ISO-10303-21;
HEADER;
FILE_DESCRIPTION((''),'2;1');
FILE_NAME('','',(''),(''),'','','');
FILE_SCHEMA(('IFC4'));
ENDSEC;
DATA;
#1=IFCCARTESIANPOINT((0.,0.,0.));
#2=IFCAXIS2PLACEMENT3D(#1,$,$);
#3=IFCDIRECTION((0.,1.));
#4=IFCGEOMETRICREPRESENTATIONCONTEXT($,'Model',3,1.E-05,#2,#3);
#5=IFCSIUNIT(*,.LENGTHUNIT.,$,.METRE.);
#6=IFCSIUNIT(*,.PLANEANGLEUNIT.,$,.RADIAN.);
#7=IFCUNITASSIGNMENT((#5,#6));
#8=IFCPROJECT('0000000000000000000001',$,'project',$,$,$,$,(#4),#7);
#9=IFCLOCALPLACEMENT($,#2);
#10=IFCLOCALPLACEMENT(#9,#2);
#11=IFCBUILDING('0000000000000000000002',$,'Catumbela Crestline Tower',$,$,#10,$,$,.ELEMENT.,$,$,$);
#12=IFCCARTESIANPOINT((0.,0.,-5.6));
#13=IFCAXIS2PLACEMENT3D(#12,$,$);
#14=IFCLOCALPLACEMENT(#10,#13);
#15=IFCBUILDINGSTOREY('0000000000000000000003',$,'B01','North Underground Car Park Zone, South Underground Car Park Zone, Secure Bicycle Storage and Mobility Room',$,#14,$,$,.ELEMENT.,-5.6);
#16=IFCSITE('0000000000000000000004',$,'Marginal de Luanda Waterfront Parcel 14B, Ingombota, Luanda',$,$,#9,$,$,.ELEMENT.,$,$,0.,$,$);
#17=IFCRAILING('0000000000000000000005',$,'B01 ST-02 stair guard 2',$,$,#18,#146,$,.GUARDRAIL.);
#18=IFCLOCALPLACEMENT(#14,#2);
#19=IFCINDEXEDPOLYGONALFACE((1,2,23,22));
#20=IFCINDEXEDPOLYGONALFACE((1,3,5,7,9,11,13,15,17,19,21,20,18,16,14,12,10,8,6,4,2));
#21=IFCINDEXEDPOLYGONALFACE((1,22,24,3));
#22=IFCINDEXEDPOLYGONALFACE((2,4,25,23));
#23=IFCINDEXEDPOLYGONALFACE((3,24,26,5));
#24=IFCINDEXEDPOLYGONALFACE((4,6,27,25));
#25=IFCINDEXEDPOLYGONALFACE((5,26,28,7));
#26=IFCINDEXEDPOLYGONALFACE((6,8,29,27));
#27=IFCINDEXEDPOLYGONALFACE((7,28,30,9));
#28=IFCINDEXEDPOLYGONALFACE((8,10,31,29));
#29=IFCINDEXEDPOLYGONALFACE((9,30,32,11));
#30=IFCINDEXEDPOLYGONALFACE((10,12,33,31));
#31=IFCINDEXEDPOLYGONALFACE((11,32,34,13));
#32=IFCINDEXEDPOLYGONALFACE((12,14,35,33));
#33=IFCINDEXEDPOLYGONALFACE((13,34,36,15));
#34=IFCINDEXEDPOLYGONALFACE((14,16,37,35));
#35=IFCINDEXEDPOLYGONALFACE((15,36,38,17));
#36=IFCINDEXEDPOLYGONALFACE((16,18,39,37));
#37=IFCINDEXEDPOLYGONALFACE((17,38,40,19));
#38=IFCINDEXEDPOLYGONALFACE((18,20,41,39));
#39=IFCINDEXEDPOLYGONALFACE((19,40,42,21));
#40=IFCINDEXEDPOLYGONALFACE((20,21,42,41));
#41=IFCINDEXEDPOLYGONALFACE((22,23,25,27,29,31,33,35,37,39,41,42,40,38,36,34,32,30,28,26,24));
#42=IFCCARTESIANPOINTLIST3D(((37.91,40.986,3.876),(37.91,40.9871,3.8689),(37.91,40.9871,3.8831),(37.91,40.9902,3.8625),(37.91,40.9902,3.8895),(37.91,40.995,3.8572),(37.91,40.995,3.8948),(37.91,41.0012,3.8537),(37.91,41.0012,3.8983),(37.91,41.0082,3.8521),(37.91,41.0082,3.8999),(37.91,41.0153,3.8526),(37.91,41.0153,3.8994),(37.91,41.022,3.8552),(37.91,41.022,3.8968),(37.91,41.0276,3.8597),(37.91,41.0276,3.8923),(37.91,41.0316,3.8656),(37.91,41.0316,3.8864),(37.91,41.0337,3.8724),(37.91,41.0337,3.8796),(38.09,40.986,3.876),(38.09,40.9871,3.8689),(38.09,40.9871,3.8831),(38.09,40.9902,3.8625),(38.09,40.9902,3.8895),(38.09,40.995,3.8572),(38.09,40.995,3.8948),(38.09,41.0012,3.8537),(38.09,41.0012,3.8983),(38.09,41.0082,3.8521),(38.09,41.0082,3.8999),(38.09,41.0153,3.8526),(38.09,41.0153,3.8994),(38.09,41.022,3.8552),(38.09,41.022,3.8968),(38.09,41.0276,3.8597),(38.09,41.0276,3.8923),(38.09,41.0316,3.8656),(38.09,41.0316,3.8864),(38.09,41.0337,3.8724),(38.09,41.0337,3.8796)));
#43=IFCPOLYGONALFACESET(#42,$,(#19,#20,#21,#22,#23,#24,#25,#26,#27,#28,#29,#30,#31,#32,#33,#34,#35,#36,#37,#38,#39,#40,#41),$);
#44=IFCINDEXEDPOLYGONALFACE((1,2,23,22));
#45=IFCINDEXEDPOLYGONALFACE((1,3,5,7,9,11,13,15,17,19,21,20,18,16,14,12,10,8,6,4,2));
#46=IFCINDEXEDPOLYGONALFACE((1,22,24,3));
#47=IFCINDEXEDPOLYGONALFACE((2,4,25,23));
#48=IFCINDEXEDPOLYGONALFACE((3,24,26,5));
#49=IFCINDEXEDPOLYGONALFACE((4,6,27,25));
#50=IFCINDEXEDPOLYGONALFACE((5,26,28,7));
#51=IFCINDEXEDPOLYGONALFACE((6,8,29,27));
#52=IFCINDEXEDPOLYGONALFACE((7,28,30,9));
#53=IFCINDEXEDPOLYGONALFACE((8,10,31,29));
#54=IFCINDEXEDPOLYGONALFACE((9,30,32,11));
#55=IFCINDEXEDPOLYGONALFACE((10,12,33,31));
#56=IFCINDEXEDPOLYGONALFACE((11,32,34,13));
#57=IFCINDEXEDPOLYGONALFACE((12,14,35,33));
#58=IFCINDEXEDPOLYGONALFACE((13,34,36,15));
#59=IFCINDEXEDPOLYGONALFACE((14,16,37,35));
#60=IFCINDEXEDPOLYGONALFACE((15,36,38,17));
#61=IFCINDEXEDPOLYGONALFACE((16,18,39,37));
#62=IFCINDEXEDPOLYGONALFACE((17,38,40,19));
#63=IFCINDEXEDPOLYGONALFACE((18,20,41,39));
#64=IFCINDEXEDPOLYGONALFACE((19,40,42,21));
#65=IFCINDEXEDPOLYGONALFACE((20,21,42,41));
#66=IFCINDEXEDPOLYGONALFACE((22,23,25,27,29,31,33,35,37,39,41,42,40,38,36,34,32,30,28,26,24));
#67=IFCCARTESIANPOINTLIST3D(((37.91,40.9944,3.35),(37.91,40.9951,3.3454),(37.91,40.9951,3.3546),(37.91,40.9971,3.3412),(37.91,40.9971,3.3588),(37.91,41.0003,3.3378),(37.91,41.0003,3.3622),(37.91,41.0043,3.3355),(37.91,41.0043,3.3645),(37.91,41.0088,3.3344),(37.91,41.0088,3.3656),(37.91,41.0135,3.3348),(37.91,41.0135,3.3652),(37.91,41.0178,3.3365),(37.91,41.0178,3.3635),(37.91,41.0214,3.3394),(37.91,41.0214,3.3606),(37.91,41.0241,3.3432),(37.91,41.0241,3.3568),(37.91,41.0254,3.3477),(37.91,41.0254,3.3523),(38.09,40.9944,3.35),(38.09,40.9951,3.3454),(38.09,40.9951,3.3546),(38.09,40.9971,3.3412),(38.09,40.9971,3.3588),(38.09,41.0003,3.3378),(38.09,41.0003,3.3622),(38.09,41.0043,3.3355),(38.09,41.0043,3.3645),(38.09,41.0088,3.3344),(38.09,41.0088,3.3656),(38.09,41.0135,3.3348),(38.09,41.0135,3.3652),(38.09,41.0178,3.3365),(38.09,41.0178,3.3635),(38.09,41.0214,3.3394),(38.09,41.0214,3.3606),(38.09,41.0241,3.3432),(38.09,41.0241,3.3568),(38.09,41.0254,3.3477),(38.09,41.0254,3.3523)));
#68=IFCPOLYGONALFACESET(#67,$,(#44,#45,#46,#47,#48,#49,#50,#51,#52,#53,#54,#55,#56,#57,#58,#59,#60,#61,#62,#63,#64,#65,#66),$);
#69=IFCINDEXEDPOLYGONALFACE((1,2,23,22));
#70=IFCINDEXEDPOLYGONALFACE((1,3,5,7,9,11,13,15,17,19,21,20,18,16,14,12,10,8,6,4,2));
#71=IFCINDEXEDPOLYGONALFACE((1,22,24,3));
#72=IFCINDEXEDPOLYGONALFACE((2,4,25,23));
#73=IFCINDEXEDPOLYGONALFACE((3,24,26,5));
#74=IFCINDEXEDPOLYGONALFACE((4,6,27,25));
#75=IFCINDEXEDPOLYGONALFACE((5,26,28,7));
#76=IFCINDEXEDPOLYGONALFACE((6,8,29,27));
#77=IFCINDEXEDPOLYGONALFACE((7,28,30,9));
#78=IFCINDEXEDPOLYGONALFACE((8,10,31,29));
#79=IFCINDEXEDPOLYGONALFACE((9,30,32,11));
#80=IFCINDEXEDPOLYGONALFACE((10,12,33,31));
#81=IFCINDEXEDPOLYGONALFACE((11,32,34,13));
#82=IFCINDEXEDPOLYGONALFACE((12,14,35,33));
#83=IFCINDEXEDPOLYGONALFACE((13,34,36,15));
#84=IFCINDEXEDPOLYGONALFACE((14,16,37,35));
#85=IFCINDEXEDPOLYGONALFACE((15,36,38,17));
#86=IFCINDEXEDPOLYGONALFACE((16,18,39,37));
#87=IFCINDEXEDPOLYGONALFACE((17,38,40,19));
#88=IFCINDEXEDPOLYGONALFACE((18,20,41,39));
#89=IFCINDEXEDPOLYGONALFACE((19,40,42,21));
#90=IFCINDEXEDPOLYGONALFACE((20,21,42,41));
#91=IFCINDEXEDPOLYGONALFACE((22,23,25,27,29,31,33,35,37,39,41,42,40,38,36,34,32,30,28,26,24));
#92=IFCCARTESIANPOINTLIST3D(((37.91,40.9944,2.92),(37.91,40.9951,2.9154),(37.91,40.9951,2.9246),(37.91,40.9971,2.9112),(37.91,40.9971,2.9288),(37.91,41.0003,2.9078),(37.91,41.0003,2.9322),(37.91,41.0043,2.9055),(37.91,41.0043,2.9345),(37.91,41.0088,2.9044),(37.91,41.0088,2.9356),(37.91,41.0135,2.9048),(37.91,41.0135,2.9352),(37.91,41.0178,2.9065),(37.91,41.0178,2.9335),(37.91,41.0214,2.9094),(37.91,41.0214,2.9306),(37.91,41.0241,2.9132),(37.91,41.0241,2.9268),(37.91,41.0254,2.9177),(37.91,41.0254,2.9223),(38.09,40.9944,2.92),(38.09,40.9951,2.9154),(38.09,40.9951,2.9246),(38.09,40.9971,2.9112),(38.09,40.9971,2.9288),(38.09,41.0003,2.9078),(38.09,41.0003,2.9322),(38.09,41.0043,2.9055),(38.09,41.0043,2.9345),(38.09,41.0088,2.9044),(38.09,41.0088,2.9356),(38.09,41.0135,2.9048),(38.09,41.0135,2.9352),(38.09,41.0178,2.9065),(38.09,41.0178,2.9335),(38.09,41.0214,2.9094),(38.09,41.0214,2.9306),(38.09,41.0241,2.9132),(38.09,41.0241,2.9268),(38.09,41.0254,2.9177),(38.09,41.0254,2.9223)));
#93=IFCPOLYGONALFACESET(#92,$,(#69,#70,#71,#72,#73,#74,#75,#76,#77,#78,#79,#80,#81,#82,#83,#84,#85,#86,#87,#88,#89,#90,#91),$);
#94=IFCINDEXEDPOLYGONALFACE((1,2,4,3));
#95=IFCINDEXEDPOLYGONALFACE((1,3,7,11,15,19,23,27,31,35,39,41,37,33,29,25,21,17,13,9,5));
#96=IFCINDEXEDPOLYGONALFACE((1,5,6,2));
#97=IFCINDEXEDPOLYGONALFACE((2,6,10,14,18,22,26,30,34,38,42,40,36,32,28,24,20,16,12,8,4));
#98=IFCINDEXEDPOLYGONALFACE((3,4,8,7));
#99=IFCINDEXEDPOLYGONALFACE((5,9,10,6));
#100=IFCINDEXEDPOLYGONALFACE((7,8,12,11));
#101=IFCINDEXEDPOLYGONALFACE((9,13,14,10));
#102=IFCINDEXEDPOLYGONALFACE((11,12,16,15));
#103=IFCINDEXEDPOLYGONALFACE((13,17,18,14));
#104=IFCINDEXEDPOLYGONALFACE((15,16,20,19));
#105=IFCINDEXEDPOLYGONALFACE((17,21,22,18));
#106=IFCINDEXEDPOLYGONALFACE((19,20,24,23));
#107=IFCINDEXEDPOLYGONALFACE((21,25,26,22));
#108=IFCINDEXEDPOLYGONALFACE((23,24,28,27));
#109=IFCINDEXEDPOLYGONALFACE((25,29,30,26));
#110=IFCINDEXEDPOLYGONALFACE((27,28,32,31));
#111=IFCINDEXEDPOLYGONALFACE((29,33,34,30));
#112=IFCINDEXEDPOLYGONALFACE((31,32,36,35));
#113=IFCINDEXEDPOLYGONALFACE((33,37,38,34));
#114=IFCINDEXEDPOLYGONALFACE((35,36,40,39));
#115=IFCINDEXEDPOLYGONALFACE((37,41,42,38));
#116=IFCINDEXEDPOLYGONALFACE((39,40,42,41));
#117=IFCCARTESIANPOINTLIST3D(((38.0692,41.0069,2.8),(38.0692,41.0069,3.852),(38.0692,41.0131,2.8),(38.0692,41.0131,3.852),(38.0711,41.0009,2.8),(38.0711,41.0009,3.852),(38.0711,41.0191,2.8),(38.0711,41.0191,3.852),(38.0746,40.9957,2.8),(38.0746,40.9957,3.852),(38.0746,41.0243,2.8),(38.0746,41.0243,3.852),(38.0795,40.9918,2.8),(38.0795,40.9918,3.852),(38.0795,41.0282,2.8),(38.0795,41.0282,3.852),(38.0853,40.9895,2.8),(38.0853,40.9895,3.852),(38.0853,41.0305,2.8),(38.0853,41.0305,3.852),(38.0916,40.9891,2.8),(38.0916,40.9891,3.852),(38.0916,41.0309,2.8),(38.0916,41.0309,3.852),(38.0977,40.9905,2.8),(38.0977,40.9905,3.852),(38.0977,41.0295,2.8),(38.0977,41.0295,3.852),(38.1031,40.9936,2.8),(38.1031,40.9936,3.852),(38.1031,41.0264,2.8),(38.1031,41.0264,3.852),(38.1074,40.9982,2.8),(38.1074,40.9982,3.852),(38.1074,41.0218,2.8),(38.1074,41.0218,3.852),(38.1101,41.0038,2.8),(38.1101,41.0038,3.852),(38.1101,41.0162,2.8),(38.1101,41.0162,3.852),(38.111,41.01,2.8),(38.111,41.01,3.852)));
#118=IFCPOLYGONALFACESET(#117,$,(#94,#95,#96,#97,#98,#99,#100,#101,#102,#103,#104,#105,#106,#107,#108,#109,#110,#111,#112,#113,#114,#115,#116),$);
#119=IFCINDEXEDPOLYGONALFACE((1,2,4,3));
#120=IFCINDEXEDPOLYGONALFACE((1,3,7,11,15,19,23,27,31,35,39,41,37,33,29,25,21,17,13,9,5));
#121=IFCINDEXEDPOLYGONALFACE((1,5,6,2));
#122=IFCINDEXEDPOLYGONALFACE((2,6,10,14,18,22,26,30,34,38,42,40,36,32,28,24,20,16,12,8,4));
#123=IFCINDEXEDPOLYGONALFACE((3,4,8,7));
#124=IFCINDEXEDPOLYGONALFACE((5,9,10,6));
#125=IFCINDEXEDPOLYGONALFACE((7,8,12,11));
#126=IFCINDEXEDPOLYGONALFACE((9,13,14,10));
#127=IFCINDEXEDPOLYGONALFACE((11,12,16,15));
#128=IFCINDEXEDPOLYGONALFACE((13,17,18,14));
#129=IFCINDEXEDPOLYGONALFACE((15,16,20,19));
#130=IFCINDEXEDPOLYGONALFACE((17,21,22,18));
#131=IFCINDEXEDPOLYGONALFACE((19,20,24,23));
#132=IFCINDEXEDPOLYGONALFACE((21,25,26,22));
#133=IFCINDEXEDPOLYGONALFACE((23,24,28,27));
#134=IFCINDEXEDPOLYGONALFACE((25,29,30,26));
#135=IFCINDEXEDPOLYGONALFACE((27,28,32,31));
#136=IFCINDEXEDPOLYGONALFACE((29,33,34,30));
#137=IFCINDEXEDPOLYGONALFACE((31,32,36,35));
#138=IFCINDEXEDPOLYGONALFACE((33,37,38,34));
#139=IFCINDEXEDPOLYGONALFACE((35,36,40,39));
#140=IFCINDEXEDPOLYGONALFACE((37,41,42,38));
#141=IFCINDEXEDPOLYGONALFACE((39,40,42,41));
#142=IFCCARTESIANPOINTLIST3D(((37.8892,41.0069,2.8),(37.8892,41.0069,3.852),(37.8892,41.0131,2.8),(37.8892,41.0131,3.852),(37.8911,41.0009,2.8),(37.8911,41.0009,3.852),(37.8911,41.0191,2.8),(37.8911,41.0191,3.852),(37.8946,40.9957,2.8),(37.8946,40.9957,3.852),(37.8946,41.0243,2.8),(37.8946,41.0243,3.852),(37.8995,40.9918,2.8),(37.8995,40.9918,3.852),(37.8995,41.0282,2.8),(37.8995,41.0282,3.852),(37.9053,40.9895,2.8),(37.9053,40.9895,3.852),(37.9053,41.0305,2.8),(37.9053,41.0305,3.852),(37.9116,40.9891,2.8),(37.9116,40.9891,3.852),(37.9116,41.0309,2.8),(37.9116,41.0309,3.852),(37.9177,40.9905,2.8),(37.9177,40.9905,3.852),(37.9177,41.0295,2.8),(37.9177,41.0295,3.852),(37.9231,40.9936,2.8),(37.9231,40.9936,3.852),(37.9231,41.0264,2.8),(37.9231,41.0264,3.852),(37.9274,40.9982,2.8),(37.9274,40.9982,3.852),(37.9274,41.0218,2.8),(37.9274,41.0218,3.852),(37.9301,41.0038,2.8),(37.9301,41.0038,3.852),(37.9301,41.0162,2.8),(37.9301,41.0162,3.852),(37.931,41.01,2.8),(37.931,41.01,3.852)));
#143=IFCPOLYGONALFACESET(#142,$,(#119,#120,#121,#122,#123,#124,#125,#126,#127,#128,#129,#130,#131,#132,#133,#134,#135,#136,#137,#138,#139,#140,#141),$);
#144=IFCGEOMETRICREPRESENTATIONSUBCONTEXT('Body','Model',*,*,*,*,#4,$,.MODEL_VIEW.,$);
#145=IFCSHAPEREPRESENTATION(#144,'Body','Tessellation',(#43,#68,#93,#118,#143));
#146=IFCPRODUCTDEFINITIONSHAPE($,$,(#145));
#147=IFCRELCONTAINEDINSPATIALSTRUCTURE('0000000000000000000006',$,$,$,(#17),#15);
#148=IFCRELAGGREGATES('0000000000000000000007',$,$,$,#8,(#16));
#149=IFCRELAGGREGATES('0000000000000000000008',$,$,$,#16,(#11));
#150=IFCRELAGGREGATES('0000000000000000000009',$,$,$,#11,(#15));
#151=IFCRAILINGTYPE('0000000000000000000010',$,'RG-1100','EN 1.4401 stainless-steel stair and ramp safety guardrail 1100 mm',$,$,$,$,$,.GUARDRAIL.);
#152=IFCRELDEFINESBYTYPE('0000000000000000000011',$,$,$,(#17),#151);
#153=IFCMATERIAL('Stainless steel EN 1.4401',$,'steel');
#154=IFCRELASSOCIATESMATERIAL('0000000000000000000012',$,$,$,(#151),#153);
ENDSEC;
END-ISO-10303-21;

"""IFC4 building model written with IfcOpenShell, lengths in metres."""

from ifc_helpers import new_model, si_unit, direction, frame, origin, origin_2d, place, context, subcontext, project, spatial, circle, extrude, material, type_object, element, save


model = new_model("IFC4")

# Units and contexts
model_context = context("Model", 3, precision=1e-05, world=origin(), true_north=direction((0.0, 1.0)))
body_context = subcontext(model_context, "Body", "Model", "MODEL_VIEW")
ifc_project = project(units=[si_unit("LENGTHUNIT", "METRE"), si_unit("PLANEANGLEUNIT", "RADIAN")], contexts=[model_context])

# Site, building, storey
site_placement = place(None, origin())
site = spatial("IfcSite", under=ifc_project, at=site_placement, Name="Marginal de Luanda Waterfront Parcel 14B, Ingombota, Luanda", CompositionType="ELEMENT", RefElevation=0.0)
building_placement = place(site_placement, origin())
building = spatial("IfcBuilding", under=site, at=building_placement, Name="Catumbela Crestline Tower", CompositionType="ELEMENT")
storey_placement = place(building_placement, frame((0.0, 0.0, -5.6)))
storey = spatial("IfcBuildingStorey", under=building, at=storey_placement, Name="B01", Description="North Underground Car Park Zone, South Underground Car Park Zone, Secure Bicycle Storage and Mobility Room", CompositionType="ELEMENT", Elevation=-5.6)

# Shared definitions
ifc_material_1 = material(Name="Stainless steel EN 1.4401", Category="steel")

# Railing
railing_type_1 = type_object("IfcRailingType", Name="RG-1100", Description="EN 1.4401 stainless-steel stair and ramp safety guardrail 1100 mm", PredefinedType="GUARDRAIL", material=ifc_material_1)
railing_1_placement = place(storey_placement, frame((38.09, 41.01, 2.8)))
element("IfcRailing", 1, at=railing_1_placement, inside=storey, type_object=railing_type_1, Name="B01 ST-02 stair guard 2", PredefinedType="GUARDRAIL", context=body_context, shape_type="SweptSolid", body=[
    extrude(circle(Radius=0.024, at=origin_2d()), frame((0.0, 0.0, 1.076), z_axis=(-1.0, 0.0, 0.0), x_axis=(0.0, -1.0, 0.0)), (0.0, 0.0, 1.0), 0.18),
    extrude(circle(Radius=0.0156, at=origin_2d()), frame((0.0, 0.0, 0.55), z_axis=(-1.0, 0.0, 0.0), x_axis=(0.0, -1.0, 0.0)), (0.0, 0.0, 1.0), 0.18),
    extrude(circle(Radius=0.0156, at=origin_2d()), frame((0.0, 0.0, 0.12), z_axis=(-1.0, 0.0, 0.0), x_axis=(0.0, -1.0, 0.0)), (0.0, 0.0, 1.0), 0.18),
    extrude(circle(Radius=0.021, at=origin_2d()), origin(), (0.0, 0.0, 1.0), 1.052),
    extrude(circle(Radius=0.021, at=origin_2d()), frame((-0.18, 0.0, 0.0)), (0.0, 0.0, 1.0), 1.052),
])

save(model, "model.ifc")
